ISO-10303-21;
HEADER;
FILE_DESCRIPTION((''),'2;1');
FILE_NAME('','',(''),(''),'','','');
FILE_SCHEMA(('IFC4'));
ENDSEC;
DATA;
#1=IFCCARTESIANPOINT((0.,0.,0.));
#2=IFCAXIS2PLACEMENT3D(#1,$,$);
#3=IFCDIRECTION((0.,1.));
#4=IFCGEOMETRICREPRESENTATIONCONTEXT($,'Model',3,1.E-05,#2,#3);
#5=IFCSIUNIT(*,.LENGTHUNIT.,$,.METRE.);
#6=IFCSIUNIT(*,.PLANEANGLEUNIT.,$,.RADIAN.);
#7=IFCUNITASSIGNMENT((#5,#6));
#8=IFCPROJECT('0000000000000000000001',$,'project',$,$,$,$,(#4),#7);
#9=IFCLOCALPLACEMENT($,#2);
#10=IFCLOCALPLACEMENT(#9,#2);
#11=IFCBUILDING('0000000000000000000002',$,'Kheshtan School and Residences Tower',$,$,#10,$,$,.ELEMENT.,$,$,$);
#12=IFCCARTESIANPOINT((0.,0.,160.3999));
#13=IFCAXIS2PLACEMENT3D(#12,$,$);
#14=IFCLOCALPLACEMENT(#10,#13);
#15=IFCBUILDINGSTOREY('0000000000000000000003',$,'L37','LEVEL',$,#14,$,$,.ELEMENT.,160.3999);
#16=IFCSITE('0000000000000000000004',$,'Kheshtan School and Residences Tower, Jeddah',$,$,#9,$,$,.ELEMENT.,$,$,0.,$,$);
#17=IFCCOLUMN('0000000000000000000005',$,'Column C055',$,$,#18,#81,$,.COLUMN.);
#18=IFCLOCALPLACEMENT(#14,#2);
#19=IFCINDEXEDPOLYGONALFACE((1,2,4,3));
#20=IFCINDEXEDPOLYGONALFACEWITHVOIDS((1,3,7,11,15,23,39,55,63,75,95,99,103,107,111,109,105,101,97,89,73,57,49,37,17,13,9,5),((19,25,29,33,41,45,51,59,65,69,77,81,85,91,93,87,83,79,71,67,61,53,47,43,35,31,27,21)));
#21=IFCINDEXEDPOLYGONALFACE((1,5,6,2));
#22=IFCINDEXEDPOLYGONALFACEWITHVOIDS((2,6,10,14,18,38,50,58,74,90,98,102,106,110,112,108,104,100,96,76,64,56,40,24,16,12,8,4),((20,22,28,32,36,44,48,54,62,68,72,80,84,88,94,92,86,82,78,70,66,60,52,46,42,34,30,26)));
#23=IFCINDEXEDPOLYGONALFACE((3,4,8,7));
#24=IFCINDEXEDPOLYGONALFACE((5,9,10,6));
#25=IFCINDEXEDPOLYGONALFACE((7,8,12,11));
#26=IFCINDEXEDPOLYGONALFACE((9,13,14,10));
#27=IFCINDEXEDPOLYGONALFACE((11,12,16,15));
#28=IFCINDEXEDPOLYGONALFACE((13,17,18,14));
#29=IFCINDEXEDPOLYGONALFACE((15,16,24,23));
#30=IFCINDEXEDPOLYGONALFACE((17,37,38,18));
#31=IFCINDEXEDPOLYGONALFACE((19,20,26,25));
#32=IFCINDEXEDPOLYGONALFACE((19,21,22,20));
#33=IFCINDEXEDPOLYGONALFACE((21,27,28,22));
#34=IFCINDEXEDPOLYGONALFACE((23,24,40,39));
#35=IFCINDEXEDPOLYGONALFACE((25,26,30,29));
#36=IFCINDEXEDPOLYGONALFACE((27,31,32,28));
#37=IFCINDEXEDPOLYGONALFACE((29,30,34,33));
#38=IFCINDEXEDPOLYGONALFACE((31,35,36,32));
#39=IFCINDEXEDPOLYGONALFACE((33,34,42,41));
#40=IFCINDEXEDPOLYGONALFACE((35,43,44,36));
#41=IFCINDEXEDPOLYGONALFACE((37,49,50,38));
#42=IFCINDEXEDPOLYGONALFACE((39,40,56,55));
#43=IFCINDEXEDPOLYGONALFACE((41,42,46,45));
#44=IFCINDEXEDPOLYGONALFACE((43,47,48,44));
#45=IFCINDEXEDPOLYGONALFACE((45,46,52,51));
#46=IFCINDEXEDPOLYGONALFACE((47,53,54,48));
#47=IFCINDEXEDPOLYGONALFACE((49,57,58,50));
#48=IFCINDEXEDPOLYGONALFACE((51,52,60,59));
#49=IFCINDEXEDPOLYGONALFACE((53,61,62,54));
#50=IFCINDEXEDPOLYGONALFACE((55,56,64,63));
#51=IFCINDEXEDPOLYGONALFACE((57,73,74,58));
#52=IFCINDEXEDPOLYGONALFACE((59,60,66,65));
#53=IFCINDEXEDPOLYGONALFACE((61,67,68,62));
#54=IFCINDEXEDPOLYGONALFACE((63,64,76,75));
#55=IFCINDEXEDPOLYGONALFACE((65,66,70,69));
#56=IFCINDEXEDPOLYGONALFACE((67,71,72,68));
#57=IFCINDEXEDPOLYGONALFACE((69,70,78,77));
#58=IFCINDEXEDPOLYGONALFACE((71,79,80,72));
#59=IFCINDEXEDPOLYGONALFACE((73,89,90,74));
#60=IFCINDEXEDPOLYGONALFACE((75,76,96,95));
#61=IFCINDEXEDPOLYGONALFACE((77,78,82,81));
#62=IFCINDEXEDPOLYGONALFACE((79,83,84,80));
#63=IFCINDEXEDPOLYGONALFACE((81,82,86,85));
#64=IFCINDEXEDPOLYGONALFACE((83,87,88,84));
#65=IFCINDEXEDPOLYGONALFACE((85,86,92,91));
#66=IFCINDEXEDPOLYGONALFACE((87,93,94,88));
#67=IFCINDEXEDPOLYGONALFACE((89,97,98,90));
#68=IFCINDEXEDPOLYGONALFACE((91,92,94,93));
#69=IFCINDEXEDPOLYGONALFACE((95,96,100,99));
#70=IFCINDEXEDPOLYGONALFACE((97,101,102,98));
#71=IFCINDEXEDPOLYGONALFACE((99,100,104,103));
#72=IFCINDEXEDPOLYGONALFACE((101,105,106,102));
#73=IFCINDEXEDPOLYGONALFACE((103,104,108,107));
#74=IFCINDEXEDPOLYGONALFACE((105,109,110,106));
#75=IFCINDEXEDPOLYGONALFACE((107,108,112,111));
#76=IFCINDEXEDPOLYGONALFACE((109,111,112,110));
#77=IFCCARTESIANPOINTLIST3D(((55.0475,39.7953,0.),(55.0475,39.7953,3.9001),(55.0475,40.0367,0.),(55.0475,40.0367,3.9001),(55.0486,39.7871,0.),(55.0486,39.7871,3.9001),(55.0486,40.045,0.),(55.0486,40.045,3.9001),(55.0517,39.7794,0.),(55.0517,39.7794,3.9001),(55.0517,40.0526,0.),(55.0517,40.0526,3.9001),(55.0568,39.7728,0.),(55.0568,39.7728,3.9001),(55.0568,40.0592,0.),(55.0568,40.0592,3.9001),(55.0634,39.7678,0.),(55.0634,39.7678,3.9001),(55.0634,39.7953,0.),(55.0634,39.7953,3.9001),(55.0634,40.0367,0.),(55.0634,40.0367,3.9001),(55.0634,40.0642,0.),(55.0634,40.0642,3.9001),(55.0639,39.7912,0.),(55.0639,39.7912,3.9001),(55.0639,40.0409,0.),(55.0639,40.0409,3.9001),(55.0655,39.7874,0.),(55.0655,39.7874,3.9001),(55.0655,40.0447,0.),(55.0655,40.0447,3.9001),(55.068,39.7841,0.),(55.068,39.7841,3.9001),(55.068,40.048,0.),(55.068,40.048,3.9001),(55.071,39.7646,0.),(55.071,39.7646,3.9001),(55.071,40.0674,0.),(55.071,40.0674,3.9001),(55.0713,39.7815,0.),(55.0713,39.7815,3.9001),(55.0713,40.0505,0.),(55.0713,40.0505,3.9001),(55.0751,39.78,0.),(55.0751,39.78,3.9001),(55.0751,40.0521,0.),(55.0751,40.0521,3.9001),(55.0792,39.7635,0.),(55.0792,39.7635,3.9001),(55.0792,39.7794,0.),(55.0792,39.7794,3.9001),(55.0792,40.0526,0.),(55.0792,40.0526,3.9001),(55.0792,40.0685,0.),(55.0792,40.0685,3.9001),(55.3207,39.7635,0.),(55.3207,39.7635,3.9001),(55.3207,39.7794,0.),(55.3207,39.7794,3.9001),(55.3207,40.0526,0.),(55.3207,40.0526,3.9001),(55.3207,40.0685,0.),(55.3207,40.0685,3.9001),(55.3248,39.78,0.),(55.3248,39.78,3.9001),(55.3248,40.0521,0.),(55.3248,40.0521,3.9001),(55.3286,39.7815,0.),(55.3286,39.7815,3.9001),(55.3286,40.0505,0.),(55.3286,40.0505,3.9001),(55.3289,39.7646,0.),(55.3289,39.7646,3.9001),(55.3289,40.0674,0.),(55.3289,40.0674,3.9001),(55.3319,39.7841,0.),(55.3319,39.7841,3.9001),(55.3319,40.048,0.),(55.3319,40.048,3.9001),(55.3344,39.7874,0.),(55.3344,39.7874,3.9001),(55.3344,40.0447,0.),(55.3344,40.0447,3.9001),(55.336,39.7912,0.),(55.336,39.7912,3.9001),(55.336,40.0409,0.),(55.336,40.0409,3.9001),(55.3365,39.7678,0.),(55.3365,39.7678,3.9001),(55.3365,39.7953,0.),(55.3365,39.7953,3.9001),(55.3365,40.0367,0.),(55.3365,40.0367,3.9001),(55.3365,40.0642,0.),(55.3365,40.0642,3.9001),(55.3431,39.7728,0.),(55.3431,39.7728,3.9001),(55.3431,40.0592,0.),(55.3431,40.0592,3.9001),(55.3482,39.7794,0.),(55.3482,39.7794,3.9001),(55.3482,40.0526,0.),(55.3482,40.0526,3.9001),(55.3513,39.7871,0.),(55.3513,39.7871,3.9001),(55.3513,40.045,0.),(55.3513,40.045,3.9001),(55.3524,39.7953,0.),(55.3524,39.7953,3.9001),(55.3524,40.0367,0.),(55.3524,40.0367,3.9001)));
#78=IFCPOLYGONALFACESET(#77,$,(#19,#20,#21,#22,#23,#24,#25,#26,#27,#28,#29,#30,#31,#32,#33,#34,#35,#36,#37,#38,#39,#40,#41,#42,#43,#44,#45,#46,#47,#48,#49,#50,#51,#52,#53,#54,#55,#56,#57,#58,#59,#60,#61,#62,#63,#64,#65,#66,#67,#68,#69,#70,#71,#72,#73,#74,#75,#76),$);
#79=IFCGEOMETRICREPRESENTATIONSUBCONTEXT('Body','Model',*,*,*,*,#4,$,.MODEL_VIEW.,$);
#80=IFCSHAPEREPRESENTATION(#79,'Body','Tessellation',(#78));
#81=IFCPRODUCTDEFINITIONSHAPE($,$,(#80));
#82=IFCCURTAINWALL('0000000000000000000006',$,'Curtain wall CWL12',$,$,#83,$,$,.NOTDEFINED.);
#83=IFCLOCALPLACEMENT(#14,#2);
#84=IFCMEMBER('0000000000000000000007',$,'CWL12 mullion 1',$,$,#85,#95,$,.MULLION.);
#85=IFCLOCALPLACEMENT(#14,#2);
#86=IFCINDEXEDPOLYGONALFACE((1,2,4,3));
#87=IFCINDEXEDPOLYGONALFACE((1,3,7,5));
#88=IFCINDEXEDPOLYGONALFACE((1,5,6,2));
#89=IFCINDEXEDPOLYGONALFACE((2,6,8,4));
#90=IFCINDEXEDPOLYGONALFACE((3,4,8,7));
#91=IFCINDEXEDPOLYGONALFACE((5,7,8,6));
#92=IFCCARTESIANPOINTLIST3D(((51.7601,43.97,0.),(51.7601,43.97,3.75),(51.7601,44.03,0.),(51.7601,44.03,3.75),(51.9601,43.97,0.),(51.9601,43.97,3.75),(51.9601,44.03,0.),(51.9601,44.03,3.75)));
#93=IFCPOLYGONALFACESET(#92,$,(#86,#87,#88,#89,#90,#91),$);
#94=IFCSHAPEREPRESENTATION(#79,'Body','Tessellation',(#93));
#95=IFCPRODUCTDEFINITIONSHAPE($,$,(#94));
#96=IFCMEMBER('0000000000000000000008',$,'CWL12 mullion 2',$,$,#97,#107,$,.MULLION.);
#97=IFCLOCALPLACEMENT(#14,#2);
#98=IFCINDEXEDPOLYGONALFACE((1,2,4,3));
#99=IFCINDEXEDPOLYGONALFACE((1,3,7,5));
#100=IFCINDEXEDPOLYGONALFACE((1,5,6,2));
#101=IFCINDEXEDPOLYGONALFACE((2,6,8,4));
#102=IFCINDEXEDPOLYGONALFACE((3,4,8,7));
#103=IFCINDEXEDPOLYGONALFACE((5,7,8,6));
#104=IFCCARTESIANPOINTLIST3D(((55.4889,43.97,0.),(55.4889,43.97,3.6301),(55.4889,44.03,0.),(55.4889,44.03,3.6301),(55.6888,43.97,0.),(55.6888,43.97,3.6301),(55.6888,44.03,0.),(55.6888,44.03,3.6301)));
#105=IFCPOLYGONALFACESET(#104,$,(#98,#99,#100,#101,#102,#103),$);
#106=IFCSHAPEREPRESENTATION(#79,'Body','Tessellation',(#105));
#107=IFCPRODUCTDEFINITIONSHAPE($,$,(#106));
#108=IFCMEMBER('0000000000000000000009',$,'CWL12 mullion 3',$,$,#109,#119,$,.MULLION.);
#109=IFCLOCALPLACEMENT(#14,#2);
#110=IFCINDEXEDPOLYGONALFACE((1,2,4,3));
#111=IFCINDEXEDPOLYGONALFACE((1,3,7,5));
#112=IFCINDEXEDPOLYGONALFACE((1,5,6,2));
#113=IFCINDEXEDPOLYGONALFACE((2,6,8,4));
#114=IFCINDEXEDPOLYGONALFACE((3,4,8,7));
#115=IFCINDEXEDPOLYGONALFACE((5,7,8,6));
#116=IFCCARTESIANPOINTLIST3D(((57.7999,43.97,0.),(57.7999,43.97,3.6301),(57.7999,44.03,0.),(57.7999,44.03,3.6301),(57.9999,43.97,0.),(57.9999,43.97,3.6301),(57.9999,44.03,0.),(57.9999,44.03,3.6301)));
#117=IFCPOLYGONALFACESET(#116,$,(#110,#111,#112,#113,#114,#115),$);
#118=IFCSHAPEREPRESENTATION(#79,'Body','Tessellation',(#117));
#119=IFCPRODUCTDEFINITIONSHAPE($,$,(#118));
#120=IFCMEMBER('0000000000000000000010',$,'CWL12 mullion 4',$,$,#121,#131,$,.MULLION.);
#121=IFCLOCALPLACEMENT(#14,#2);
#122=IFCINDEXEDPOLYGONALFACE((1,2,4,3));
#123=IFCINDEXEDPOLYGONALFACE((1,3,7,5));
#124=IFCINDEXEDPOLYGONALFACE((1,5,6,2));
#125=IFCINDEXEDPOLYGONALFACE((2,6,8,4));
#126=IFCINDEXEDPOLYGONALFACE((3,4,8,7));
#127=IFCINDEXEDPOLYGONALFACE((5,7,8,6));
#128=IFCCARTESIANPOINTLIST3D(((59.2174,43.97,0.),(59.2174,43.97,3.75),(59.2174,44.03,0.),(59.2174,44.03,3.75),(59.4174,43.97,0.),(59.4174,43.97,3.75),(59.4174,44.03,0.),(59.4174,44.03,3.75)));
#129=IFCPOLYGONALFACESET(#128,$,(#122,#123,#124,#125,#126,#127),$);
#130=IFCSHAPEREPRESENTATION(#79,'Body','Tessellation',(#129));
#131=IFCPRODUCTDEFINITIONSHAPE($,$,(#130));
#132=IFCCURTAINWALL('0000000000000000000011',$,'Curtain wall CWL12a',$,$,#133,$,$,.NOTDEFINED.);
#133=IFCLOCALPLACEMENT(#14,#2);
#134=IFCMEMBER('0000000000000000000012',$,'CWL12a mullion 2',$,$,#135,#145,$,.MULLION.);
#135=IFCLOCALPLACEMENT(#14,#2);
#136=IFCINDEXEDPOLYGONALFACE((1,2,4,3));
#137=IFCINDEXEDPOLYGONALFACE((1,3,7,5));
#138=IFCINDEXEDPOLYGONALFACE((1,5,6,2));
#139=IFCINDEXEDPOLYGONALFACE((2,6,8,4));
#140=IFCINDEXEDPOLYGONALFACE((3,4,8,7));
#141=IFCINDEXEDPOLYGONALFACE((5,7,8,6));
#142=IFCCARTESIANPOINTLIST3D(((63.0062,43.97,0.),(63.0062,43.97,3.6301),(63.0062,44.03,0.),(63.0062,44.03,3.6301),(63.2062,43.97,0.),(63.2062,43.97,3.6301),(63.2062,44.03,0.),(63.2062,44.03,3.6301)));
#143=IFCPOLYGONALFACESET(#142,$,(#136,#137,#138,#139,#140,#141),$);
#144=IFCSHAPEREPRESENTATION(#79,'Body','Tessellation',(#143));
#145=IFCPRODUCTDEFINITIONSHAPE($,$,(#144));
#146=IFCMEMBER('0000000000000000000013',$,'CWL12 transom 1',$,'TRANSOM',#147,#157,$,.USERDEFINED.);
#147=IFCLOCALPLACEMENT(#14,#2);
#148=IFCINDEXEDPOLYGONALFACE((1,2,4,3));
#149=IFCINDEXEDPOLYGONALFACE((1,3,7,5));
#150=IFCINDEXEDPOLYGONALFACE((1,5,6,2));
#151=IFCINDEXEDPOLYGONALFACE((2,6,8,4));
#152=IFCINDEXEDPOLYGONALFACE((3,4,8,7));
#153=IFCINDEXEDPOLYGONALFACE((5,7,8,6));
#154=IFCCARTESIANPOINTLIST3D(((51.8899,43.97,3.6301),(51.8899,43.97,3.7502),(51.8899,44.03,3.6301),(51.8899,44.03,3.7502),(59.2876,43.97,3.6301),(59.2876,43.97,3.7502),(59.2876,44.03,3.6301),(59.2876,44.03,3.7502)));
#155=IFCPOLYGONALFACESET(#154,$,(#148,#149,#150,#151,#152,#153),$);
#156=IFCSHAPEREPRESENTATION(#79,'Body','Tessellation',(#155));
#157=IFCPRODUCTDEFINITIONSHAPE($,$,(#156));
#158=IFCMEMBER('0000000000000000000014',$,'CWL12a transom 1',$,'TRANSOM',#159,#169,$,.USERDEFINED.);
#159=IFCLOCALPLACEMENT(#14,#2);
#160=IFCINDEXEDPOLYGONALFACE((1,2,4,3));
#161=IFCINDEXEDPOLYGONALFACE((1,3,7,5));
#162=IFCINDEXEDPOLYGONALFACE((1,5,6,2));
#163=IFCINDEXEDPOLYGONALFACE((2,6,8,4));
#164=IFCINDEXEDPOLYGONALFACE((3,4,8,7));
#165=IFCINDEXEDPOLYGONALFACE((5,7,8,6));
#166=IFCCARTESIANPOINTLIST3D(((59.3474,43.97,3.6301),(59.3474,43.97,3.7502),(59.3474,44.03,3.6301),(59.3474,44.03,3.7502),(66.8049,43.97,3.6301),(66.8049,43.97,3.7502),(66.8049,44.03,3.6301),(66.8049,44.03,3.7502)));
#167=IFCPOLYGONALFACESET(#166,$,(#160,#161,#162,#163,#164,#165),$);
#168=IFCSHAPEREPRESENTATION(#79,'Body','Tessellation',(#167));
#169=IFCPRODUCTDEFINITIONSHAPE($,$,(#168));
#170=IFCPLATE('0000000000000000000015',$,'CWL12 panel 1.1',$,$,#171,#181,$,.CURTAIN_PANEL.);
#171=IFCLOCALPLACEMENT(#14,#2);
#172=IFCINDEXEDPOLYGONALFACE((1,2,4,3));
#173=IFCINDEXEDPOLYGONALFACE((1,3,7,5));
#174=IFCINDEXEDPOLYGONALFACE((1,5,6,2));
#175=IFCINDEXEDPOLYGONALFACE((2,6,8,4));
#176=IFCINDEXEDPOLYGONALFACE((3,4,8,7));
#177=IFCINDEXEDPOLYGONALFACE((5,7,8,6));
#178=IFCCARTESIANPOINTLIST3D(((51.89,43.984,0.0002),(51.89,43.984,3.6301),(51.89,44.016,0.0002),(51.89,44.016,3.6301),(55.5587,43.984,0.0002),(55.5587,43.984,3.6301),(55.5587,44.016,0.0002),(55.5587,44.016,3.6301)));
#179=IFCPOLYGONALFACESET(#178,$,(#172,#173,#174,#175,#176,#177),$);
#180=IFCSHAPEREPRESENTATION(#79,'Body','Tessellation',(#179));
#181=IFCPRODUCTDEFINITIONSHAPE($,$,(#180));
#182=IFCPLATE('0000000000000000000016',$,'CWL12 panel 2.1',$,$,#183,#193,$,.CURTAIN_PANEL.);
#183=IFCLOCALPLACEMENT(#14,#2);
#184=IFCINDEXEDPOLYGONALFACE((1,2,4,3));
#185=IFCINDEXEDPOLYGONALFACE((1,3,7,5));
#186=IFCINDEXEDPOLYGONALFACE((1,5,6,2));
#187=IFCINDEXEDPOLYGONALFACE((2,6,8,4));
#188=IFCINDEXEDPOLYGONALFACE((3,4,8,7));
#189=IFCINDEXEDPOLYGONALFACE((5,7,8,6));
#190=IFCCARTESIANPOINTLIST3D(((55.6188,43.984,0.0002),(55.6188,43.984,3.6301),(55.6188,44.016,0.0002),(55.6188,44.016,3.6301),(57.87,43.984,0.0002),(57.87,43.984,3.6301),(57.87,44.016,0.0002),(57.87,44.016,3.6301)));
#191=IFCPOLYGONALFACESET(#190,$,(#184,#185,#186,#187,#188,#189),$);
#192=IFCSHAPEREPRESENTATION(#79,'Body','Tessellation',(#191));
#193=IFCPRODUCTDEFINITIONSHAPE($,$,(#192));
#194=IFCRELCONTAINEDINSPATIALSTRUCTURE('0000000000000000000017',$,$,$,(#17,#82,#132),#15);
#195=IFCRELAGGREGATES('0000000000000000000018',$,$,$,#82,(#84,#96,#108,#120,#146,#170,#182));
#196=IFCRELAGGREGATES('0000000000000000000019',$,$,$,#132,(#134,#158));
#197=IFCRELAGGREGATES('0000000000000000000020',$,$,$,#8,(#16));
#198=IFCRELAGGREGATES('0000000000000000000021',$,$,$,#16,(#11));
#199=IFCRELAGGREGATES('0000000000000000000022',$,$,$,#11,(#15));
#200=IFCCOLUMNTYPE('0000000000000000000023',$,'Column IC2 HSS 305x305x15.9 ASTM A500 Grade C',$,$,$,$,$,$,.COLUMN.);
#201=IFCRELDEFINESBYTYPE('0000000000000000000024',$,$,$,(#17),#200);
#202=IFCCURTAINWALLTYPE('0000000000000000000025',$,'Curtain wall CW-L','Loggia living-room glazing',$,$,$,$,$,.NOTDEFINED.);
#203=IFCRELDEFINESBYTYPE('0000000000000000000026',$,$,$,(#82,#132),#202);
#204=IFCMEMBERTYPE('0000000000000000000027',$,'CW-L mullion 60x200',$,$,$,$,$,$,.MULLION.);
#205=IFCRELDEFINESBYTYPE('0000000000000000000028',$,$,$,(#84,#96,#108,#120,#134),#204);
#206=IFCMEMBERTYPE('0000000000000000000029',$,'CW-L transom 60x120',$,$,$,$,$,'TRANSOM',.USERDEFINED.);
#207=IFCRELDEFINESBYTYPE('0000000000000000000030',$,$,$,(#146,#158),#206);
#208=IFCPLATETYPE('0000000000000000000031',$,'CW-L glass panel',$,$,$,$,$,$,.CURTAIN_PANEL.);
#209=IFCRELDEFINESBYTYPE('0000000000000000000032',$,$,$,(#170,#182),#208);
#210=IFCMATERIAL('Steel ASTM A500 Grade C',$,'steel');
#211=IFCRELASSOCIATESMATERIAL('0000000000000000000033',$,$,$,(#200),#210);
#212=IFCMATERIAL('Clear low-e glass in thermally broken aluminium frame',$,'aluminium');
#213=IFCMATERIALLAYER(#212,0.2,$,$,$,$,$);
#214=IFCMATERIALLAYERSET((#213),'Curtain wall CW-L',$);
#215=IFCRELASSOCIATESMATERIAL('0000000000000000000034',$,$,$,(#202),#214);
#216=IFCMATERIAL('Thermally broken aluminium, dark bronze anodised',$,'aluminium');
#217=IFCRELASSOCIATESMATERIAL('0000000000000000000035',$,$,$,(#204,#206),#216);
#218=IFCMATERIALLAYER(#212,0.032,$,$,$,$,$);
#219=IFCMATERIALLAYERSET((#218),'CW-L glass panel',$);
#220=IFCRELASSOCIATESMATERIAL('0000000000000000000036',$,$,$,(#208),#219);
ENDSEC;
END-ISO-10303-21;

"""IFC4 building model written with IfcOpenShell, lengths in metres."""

from ifc_helpers import new_model, si_unit, direction, frame, origin, origin_2d, place, context, subcontext, project, spatial, rectangle, hollow_rectangle, extrude, material, layer, layer_set, material_profile, profile_set, type_object, element, aggregate, save


model = new_model("IFC4")

# Units and contexts
model_context = context("Model", 3, precision=1e-05, world=origin(), true_north=direction((0.0, 1.0)))
body_context = subcontext(model_context, "Body", "Model", "MODEL_VIEW")
ifc_project = project(units=[si_unit("LENGTHUNIT", "METRE"), si_unit("PLANEANGLEUNIT", "RADIAN")], contexts=[model_context])

# Site, building, storey
site_placement = place(None, origin())
site = spatial("IfcSite", under=ifc_project, at=site_placement, Name="Kheshtan School and Residences Tower, Jeddah", CompositionType="ELEMENT", RefElevation=0.0)
building_placement = place(site_placement, origin())
building = spatial("IfcBuilding", under=site, at=building_placement, Name="Kheshtan School and Residences Tower", CompositionType="ELEMENT")
storey_placement = place(building_placement, frame((0.0, 0.0, 160.3999)))
storey = spatial("IfcBuildingStorey", under=building, at=storey_placement, Name="L37", Description="LEVEL", CompositionType="ELEMENT", Elevation=160.3999)

# Column
ifc_material_1 = material(Name="Steel ASTM A500 Grade C", Category="steel")
ifc_material_profile_1 = material_profile(ifc_material_1, hollow_rectangle(XDim=0.3049, YDim=0.3049, WallThickness=0.0159, InnerFilletRadius=0.0159, OuterFilletRadius=0.0317, at=origin_2d()), Name="HSS 305x305x15.9")
ifc_profile_set_1 = profile_set([ifc_material_profile_1], Name="Steel ASTM A500 Grade C")
column_type = type_object("IfcColumnType", Name="Column IC2 HSS 305x305x15.9 ASTM A500 Grade C", PredefinedType="COLUMN", material=ifc_profile_set_1)
column_placement = place(storey_placement, frame((55.2, 39.916, 0.0), z_axis=(0.0, 0.0, 1.0), x_axis=(1.0, 0.0, 0.0)))
element("IfcColumn", 1, at=column_placement, inside=storey, type_object=column_type, Name="Column C055", PredefinedType="COLUMN", context=body_context, shape_type="SweptSolid", body=[
    extrude(hollow_rectangle(XDim=0.3049, YDim=0.3049, WallThickness=0.0159, InnerFilletRadius=0.0159, OuterFilletRadius=0.0317, at=origin_2d()), origin(), (0.0, 0.0, 1.0), 3.9001),
])

# Curtain wall, members
ifc_material_2 = material(Name="Clear low-e glass in thermally broken aluminium frame", Category="aluminium")
ifc_layer_1 = layer(ifc_material_2, 0.2)
ifc_layer_set_1 = layer_set([ifc_layer_1], Name="Curtain wall CW-L")
curtain_wall_type = type_object("IfcCurtainWallType", Name="Curtain wall CW-L", Description="Loggia living-room glazing", PredefinedType="NOTDEFINED", material=ifc_layer_set_1)
curtain_wall_1_placement = place(storey_placement, origin())
curtain_wall_1 = element("IfcCurtainWall", 2, at=curtain_wall_1_placement, inside=storey, type_object=curtain_wall_type, Name="Curtain wall CWL12", PredefinedType="NOTDEFINED")
ifc_material_3 = material(Name="Thermally broken aluminium, dark bronze anodised", Category="aluminium")
ifc_material_profile_2 = material_profile(ifc_material_3, rectangle(XDim=0.0601, YDim=0.2, at=origin_2d()), Name="CW-L mullion 60x200")
ifc_profile_set_2 = profile_set([ifc_material_profile_2], Name="Thermally broken aluminium, dark bronze anodised")
member_type_1 = type_object("IfcMemberType", Name="CW-L mullion 60x200", PredefinedType="MULLION", material=ifc_profile_set_2)
member_1_placement = place(storey_placement, frame((51.8601, 44.0, 0.0), z_axis=(0.0, 0.0, 1.0), x_axis=(0.0, 1.0, 0.0)))
member_1 = element("IfcMember", 3, at=member_1_placement, type_object=member_type_1, Name="CWL12 mullion 1", PredefinedType="MULLION", context=body_context, shape_type="SweptSolid", body=[
    extrude(rectangle(XDim=0.0601, YDim=0.2, at=origin_2d()), origin(), (0.0, 0.0, 1.0), 3.75),
])
member_2_placement = place(storey_placement, frame((55.5889, 44.0, 0.0), z_axis=(0.0, 0.0, 1.0), x_axis=(0.0, 1.0, 0.0)))
member_2 = element("IfcMember", 4, at=member_2_placement, type_object=member_type_1, Name="CWL12 mullion 2", PredefinedType="MULLION", context=body_context, shape_type="SweptSolid", body=[
    extrude(rectangle(XDim=0.0601, YDim=0.2, at=origin_2d()), origin(), (0.0, 0.0, 1.0), 3.6301),
])
member_3_placement = place(storey_placement, frame((57.8999, 44.0, 0.0), z_axis=(0.0, 0.0, 1.0), x_axis=(0.0, 1.0, 0.0)))
member_3 = element("IfcMember", 5, at=member_3_placement, type_object=member_type_1, Name="CWL12 mullion 3", PredefinedType="MULLION", context=body_context, shape_type="SweptSolid", body=[
    extrude(rectangle(XDim=0.0601, YDim=0.2, at=origin_2d()), origin(), (0.0, 0.0, 1.0), 3.6301),
])
member_4_placement = place(storey_placement, frame((59.3174, 44.0, 0.0), z_axis=(0.0, 0.0, 1.0), x_axis=(0.0, 1.0, 0.0)))
member_4 = element("IfcMember", 6, at=member_4_placement, type_object=member_type_1, Name="CWL12 mullion 4", PredefinedType="MULLION", context=body_context, shape_type="SweptSolid", body=[
    extrude(rectangle(XDim=0.0601, YDim=0.2, at=origin_2d()), origin(), (0.0, 0.0, 1.0), 3.75),
])

# Curtain wall, member
curtain_wall_2_placement = place(storey_placement, origin())
curtain_wall_2 = element("IfcCurtainWall", 7, at=curtain_wall_2_placement, inside=storey, type_object=curtain_wall_type, Name="Curtain wall CWL12a", PredefinedType="NOTDEFINED")
member_5_placement = place(storey_placement, frame((63.1062, 44.0, 0.0), z_axis=(0.0, 0.0, 1.0), x_axis=(0.0, 1.0, 0.0)))
member_5 = element("IfcMember", 8, at=member_5_placement, type_object=member_type_1, Name="CWL12a mullion 2", PredefinedType="MULLION", context=body_context, shape_type="SweptSolid", body=[
    extrude(rectangle(XDim=0.0601, YDim=0.2, at=origin_2d()), origin(), (0.0, 0.0, 1.0), 3.6301),
])

# Members
ifc_material_profile_3 = material_profile(ifc_material_3, rectangle(XDim=0.0601, YDim=0.1201, at=origin_2d()), Name="CW-L transom 60x120")
ifc_profile_set_3 = profile_set([ifc_material_profile_3], Name="Thermally broken aluminium, dark bronze anodised")
member_type_2 = type_object("IfcMemberType", Name="CW-L transom 60x120", ElementType="TRANSOM", PredefinedType="USERDEFINED", material=ifc_profile_set_3)
member_6_placement = place(storey_placement, frame((51.8899, 44.0, 3.6902), z_axis=(1.0, 0.0, 0.0), x_axis=(0.0, 1.0, 0.0)))
member_6 = element("IfcMember", 9, at=member_6_placement, type_object=member_type_2, Name="CWL12 transom 1", ObjectType="TRANSOM", PredefinedType="USERDEFINED", context=body_context, shape_type="SweptSolid", body=[
    extrude(rectangle(XDim=0.0601, YDim=0.1201, at=origin_2d()), origin(), (0.0, 0.0, 1.0), 7.3977),
])
member_7_placement = place(storey_placement, frame((59.3474, 44.0, 3.6902), z_axis=(1.0, 0.0, 0.0), x_axis=(0.0, 1.0, 0.0)))
member_7 = element("IfcMember", 10, at=member_7_placement, type_object=member_type_2, Name="CWL12a transom 1", ObjectType="TRANSOM", PredefinedType="USERDEFINED", context=body_context, shape_type="SweptSolid", body=[
    extrude(rectangle(XDim=0.0601, YDim=0.1201, at=origin_2d()), origin(), (0.0, 0.0, 1.0), 7.4575),
])

# Plates
ifc_layer_2 = layer(ifc_material_2, 0.032)
ifc_layer_set_2 = layer_set([ifc_layer_2], Name="CW-L glass panel")
plate_type = type_object("IfcPlateType", Name="CW-L glass panel", PredefinedType="CURTAIN_PANEL", material=ifc_layer_set_2)
plate_1_placement = place(storey_placement, frame((53.7244, 44.0, 0.0002), z_axis=(0.0, 0.0, 1.0), x_axis=(1.0, 0.0, 0.0)))
plate_1 = element("IfcPlate", 11, at=plate_1_placement, type_object=plate_type, Name="CWL12 panel 1.1", PredefinedType="CURTAIN_PANEL", context=body_context, shape_type="SweptSolid", body=[
    extrude(rectangle(XDim=3.6687, YDim=0.032, at=origin_2d()), origin(), (0.0, 0.0, 1.0), 3.6299),
])
plate_2_placement = place(storey_placement, frame((56.7444, 44.0, 0.0002), z_axis=(0.0, 0.0, 1.0), x_axis=(1.0, 0.0, 0.0)))
plate_2 = element("IfcPlate", 12, at=plate_2_placement, type_object=plate_type, Name="CWL12 panel 2.1", PredefinedType="CURTAIN_PANEL", context=body_context, shape_type="SweptSolid", body=[
    extrude(rectangle(XDim=2.2512, YDim=0.032, at=origin_2d()), origin(), (0.0, 0.0, 1.0), 3.6299),
])
aggregate(curtain_wall_1, [member_1, member_2, member_3, member_4, member_6, plate_1, plate_2])
aggregate(curtain_wall_2, [member_5, member_7])

save(model, "model.ifc")
